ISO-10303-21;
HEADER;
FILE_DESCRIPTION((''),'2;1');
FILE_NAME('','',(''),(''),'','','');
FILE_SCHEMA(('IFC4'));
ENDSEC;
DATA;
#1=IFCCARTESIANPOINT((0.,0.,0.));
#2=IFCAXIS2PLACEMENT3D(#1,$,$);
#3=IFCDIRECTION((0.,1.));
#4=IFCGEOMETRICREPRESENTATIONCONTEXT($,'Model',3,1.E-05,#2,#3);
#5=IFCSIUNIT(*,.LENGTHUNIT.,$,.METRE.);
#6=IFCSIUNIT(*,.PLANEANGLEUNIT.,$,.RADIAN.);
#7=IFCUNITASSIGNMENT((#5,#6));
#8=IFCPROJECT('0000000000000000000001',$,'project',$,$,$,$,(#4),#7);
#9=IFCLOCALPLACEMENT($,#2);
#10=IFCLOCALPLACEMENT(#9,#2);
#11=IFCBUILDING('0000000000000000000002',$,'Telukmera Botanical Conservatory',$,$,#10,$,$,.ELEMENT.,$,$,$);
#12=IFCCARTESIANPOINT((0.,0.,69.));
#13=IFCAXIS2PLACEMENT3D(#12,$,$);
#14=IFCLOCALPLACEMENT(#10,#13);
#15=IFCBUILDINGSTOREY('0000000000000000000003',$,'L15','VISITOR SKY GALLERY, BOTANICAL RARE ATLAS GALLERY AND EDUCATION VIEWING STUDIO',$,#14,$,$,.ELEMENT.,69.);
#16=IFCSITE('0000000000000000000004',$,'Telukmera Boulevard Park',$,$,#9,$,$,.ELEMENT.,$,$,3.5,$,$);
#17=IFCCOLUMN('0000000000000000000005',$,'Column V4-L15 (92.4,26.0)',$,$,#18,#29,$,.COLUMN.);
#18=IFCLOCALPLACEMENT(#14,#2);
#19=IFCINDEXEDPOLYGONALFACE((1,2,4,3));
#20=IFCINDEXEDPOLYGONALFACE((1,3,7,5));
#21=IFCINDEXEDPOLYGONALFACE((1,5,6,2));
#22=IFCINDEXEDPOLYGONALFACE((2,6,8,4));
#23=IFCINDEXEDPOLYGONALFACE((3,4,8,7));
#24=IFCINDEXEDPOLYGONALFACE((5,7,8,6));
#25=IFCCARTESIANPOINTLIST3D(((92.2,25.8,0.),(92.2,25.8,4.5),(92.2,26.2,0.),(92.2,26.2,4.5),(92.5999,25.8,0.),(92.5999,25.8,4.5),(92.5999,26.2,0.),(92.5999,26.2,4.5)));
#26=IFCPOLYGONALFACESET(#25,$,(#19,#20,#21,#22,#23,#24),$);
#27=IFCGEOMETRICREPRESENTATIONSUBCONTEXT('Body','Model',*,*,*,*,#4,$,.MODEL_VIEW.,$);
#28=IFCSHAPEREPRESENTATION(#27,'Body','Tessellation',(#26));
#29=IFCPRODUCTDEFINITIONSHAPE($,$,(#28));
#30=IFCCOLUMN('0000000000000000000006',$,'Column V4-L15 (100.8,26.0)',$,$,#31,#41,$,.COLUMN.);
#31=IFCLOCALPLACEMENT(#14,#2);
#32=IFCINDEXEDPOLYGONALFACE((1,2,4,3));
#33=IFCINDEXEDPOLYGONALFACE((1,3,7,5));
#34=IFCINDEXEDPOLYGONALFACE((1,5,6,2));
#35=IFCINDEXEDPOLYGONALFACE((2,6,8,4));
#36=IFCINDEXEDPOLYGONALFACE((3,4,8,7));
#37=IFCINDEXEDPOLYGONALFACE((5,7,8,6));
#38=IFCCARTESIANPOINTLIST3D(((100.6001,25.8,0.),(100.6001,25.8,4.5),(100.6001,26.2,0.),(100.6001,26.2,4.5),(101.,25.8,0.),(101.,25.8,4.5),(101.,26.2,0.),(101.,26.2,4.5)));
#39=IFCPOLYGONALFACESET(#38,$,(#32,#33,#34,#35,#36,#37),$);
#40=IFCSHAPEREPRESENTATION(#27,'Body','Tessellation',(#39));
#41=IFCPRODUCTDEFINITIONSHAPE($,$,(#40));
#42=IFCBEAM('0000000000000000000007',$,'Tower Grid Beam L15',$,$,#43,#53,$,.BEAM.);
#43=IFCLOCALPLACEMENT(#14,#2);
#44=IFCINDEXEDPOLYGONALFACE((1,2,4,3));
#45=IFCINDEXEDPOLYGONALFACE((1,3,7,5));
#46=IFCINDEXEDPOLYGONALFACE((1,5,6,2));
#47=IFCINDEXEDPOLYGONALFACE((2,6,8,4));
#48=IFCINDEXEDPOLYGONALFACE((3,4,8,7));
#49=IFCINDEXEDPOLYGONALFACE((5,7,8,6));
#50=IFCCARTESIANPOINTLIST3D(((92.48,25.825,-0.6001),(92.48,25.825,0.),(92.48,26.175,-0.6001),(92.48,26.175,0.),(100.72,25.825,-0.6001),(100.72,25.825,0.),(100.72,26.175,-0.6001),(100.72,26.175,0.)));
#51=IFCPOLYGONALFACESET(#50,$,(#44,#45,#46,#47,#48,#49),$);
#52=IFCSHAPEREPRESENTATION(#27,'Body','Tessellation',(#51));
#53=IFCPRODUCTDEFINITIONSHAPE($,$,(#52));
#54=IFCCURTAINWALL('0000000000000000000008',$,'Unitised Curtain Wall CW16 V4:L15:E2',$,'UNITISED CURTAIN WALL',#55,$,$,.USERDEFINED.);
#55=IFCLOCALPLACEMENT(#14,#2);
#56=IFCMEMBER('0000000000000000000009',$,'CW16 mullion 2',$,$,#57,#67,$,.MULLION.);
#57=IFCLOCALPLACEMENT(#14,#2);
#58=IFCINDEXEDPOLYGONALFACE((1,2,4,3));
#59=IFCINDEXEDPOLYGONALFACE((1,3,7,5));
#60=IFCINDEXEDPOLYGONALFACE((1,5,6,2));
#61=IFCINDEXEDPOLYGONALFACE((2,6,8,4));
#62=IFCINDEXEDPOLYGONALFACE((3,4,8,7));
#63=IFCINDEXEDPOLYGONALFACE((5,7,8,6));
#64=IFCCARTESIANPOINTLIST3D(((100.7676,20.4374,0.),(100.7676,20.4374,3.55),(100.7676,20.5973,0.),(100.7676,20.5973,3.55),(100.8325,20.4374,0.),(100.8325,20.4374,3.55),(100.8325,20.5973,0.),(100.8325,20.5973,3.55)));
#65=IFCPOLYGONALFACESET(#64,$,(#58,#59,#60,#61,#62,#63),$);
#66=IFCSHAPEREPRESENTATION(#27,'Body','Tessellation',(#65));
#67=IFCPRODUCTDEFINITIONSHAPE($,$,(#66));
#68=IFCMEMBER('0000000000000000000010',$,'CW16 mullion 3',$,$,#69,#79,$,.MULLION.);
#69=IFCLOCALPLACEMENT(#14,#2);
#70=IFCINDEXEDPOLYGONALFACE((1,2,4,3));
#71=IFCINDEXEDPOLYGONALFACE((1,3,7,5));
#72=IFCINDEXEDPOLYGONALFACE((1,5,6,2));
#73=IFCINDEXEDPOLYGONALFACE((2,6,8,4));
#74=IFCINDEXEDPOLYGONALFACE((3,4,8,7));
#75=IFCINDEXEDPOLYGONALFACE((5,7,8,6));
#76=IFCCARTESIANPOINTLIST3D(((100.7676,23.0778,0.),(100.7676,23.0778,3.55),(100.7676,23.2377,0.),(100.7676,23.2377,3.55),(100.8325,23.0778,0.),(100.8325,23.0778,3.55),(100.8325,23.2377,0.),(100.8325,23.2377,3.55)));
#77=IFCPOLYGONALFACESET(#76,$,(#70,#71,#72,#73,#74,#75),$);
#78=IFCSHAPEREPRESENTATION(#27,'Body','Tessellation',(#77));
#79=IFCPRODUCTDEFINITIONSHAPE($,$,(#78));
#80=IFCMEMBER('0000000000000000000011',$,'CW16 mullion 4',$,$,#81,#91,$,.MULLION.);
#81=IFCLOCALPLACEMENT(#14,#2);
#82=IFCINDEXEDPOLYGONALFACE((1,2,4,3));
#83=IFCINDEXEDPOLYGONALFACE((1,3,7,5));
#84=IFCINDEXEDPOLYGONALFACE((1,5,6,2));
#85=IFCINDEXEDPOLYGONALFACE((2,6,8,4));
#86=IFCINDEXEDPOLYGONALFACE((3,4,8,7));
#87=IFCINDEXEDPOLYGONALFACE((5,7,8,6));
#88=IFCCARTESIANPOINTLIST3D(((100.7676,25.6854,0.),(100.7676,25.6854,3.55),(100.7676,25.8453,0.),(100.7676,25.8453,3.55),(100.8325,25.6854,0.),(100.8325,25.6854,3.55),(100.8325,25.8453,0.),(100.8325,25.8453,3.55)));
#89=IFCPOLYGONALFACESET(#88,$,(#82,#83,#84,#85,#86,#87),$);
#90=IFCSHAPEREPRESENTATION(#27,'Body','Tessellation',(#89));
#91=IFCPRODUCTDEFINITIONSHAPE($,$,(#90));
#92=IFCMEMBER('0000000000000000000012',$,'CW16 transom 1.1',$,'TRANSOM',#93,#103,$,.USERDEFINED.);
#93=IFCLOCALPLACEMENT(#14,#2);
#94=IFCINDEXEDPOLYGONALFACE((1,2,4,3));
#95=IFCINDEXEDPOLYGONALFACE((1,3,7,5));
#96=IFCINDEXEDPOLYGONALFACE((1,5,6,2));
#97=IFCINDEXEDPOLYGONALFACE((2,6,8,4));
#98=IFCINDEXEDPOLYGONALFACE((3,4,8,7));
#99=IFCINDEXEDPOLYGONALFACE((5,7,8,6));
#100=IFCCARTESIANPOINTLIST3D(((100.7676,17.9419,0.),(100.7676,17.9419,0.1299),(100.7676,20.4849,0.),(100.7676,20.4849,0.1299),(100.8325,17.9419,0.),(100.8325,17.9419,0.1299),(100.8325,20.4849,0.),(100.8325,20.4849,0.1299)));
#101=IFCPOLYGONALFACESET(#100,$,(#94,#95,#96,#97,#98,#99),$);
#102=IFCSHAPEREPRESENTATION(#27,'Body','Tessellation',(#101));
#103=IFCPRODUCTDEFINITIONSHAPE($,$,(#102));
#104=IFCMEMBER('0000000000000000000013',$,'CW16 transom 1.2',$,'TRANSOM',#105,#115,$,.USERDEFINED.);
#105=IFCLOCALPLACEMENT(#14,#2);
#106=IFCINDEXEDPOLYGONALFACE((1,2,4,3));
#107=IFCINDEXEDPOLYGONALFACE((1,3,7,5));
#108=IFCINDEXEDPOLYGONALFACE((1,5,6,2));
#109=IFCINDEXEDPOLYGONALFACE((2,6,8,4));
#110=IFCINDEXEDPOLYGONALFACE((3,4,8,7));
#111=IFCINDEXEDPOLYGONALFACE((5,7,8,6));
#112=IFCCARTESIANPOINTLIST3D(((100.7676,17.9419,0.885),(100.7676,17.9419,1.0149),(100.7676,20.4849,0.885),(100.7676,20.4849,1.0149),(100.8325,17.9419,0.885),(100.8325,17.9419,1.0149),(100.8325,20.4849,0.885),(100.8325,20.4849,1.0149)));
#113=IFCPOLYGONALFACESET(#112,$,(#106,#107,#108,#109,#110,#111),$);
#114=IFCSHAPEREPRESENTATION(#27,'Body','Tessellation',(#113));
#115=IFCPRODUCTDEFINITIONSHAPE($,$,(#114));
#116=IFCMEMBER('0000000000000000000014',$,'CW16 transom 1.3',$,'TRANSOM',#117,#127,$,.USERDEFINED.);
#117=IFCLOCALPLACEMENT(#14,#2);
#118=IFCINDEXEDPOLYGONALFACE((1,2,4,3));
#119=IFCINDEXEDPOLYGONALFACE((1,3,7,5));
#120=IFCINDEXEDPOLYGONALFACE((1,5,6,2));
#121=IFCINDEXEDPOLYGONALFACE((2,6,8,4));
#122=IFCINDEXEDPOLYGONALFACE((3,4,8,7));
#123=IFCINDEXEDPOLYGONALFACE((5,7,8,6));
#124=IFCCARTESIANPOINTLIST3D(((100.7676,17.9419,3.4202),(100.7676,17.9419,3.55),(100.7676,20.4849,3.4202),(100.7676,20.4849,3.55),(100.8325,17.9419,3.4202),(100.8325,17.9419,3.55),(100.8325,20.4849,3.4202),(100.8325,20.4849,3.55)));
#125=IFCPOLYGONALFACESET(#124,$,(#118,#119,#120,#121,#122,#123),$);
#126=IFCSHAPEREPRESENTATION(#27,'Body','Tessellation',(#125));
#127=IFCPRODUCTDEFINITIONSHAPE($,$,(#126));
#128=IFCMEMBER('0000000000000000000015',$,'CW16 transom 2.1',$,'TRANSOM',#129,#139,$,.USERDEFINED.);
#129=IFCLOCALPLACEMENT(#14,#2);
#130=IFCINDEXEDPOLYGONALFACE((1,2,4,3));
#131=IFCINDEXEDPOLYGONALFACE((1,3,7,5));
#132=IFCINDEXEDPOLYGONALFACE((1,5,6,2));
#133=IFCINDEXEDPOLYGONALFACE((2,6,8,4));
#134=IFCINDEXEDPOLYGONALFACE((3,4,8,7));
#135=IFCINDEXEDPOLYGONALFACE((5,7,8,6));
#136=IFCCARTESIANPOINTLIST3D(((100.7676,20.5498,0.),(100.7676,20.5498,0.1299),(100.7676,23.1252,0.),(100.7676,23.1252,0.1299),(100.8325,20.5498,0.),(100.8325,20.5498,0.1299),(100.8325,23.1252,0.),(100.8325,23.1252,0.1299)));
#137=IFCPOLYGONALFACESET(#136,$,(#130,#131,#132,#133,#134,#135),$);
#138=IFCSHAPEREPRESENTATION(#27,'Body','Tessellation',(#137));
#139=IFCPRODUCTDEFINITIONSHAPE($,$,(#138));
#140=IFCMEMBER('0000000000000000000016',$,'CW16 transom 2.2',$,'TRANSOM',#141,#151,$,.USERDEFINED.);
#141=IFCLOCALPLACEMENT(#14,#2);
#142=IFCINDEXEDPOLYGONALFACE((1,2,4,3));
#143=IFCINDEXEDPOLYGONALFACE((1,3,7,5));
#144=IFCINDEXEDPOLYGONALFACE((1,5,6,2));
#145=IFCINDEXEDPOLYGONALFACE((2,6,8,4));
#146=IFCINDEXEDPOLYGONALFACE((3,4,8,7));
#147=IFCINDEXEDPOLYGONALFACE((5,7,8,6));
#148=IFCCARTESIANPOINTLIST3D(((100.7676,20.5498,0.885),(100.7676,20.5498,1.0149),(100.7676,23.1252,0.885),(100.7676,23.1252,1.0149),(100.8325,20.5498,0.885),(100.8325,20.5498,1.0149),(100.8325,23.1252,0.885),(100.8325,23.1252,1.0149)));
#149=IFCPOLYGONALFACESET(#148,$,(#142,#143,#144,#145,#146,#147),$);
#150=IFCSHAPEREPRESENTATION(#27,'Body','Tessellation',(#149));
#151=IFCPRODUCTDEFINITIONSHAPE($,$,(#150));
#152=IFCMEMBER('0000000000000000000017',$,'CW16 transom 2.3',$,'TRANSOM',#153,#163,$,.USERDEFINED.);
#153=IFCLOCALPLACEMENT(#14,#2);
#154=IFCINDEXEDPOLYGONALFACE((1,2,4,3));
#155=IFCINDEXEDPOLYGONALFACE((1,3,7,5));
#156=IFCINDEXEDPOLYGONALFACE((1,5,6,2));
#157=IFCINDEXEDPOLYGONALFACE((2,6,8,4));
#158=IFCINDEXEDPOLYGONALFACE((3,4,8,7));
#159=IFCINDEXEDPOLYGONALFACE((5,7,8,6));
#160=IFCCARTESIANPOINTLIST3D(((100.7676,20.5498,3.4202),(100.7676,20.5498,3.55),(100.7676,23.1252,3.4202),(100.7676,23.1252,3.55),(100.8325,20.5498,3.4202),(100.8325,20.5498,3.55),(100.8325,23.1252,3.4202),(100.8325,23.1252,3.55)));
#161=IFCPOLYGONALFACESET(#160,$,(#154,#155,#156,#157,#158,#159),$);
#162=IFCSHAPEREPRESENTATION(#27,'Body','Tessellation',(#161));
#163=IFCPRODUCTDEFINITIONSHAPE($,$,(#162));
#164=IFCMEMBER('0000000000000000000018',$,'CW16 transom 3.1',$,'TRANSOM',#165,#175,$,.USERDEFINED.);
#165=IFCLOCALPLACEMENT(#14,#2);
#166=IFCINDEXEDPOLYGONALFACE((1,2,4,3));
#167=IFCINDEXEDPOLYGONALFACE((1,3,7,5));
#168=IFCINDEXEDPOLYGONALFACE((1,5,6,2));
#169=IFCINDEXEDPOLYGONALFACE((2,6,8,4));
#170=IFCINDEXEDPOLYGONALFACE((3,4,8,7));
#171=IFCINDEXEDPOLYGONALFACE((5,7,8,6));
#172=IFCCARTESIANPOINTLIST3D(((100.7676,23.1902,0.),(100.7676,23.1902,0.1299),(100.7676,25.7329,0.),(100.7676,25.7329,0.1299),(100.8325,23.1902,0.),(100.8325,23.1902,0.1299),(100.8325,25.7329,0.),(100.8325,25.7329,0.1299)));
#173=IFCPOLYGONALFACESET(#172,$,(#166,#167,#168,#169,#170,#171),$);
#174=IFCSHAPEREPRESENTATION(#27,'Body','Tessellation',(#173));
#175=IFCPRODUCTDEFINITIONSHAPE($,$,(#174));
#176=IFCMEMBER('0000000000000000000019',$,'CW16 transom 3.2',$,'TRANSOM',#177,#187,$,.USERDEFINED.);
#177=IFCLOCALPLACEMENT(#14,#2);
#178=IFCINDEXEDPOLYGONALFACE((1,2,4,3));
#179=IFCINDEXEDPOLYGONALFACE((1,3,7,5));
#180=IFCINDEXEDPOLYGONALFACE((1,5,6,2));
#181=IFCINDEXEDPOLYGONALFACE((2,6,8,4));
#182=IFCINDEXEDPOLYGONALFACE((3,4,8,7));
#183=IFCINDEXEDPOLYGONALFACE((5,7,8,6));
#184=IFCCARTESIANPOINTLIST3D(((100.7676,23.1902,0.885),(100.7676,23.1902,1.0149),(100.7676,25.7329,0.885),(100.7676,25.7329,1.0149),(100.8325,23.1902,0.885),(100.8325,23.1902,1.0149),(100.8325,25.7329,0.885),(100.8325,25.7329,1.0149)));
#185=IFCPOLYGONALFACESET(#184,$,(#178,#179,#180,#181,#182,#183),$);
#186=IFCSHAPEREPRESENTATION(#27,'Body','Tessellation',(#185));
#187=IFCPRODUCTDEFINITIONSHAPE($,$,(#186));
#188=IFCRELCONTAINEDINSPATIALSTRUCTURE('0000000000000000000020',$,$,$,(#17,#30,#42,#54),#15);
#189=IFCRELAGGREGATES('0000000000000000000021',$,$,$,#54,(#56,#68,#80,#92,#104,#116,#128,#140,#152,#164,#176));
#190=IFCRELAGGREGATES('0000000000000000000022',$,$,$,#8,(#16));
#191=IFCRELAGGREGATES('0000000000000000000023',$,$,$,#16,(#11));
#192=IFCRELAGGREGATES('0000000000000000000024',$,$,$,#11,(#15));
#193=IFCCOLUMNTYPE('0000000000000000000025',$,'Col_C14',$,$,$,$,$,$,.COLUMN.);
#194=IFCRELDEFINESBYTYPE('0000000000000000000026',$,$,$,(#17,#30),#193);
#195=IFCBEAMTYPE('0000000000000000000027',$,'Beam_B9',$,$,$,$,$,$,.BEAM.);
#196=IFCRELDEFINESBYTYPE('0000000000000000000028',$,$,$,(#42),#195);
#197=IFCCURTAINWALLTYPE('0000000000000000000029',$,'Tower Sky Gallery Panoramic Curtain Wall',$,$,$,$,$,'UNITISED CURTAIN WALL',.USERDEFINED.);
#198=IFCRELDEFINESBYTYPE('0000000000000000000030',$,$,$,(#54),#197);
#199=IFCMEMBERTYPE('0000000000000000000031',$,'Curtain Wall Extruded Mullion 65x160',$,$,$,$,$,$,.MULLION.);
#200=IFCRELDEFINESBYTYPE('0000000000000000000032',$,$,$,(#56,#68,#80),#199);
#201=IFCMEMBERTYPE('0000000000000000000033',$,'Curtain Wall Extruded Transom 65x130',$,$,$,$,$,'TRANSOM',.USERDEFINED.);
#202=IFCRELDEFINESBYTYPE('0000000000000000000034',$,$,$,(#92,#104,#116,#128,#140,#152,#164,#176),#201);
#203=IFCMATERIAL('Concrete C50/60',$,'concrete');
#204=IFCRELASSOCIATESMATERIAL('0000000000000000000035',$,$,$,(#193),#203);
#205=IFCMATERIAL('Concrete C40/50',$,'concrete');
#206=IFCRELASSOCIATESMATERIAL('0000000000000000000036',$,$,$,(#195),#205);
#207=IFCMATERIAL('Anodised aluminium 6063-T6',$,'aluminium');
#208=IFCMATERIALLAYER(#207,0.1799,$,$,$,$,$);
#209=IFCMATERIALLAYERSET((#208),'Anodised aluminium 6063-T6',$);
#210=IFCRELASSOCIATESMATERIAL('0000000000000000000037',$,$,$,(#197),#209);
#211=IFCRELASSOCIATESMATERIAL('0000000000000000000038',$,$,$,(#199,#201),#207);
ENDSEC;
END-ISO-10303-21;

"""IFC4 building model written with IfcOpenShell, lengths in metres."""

from ifc_helpers import new_model, si_unit, direction, frame, origin, origin_2d, place, context, subcontext, project, spatial, rectangle, extrude, material, layer, layer_set, material_profile, profile_set, type_object, element, aggregate, save


model = new_model("IFC4")

# Units and contexts
model_context = context("Model", 3, precision=1e-05, world=origin(), true_north=direction((0.0, 1.0)))
body_context = subcontext(model_context, "Body", "Model", "MODEL_VIEW")
ifc_project = project(units=[si_unit("LENGTHUNIT", "METRE"), si_unit("PLANEANGLEUNIT", "RADIAN")], contexts=[model_context])

# Site, building, storey
site_placement = place(None, origin())
site = spatial("IfcSite", under=ifc_project, at=site_placement, Name="Telukmera Boulevard Park", CompositionType="ELEMENT", RefElevation=3.5)
building_placement = place(site_placement, origin())
building = spatial("IfcBuilding", under=site, at=building_placement, Name="Telukmera Botanical Conservatory", CompositionType="ELEMENT")
storey_placement = place(building_placement, frame((0.0, 0.0, 69.0)))
storey = spatial("IfcBuildingStorey", under=building, at=storey_placement, Name="L15", Description="VISITOR SKY GALLERY, BOTANICAL RARE ATLAS GALLERY AND EDUCATION VIEWING STUDIO", CompositionType="ELEMENT", Elevation=69.0)

# Columns
ifc_material_1 = material(Name="Concrete C50/60", Category="concrete")
ifc_material_profile_1 = material_profile(ifc_material_1, rectangle(XDim=0.3999, YDim=0.3999, at=origin_2d()), Name="RC 400x400")
ifc_profile_set_1 = profile_set([ifc_material_profile_1], Name="Concrete C50/60")
column_type = type_object("IfcColumnType", Name="Col_C14", PredefinedType="COLUMN", material=ifc_profile_set_1)
for number, where, z_axis, x_axis, name in (
    (1, (92.3999, 26.0, 0.0), (0.0, 0.0, 1.0), (1.0, 0.0, 0.0), "Column V4-L15 (92.4,26.0)"),
    (2, (100.8, 26.0, 0.0), (0.0, 0.0, 1.0), (1.0, 0.0, 0.0), "Column V4-L15 (100.8,26.0)"),
):
    element("IfcColumn", number, at=place(storey_placement, frame(where, z_axis=z_axis, x_axis=x_axis)), inside=storey, type_object=column_type, Name=name, PredefinedType="COLUMN", context=body_context, shape_type="SweptSolid", body=[
        extrude(rectangle(XDim=0.3999, YDim=0.3999, at=origin_2d()), origin(), (0.0, 0.0, 1.0), 4.5),
    ])

# Beam
ifc_material_2 = material(Name="Concrete C40/50", Category="concrete")
ifc_material_profile_2 = material_profile(ifc_material_2, rectangle(XDim=0.3501, YDim=0.6001, at=origin_2d()), Name="RC 350x600")
ifc_profile_set_2 = profile_set([ifc_material_profile_2], Name="Concrete C40/50")
beam_type = type_object("IfcBeamType", Name="Beam_B9", PredefinedType="BEAM", material=ifc_profile_set_2)
beam_placement = place(storey_placement, frame((92.48, 26.0, -0.3), z_axis=(1.0, 0.0, 0.0), x_axis=(0.0, 1.0, 0.0)))
element("IfcBeam", 3, at=beam_placement, inside=storey, type_object=beam_type, Name="Tower Grid Beam L15", PredefinedType="BEAM", context=body_context, shape_type="SweptSolid", body=[
    extrude(rectangle(XDim=0.3501, YDim=0.6001, at=origin_2d()), origin(), (0.0, 0.0, 1.0), 8.24),
])

# Curtain wall, members
ifc_material_3 = material(Name="Anodised aluminium 6063-T6", Category="aluminium")
ifc_layer_1 = layer(ifc_material_3, 0.1799)
ifc_layer_set_1 = layer_set([ifc_layer_1], Name="Anodised aluminium 6063-T6")
curtain_wall_type = type_object("IfcCurtainWallType", Name="Tower Sky Gallery Panoramic Curtain Wall", ElementType="UNITISED CURTAIN WALL", PredefinedType="USERDEFINED", material=ifc_layer_set_1)
curtain_wall_placement = place(storey_placement, origin())
curtain_wall = element("IfcCurtainWall", 4, at=curtain_wall_placement, inside=storey, type_object=curtain_wall_type, Name="Unitised Curtain Wall CW16 V4:L15:E2", ObjectType="UNITISED CURTAIN WALL", PredefinedType="USERDEFINED")
ifc_material_profile_3 = material_profile(ifc_material_3, rectangle(XDim=0.0649, YDim=0.1599, at=origin_2d()), Name="ALU MULL 65x160")
ifc_profile_set_3 = profile_set([ifc_material_profile_3], Name="Anodised aluminium 6063-T6")
member_type_1 = type_object("IfcMemberType", Name="Curtain Wall Extruded Mullion 65x160", PredefinedType="MULLION", material=ifc_profile_set_3)
member_1_placement = place(storey_placement, frame((100.8, 20.5173, 0.0), z_axis=(0.0, 0.0, 1.0), x_axis=(-1.0, 0.0, 0.0)))
member_1 = element("IfcMember", 5, at=member_1_placement, type_object=member_type_1, Name="CW16 mullion 2", PredefinedType="MULLION", context=body_context, shape_type="SweptSolid", body=[
    extrude(rectangle(XDim=0.0649, YDim=0.1599, at=origin_2d()), origin(), (0.0, 0.0, 1.0), 3.55),
])
member_2_placement = place(storey_placement, frame((100.8, 23.1577, 0.0), z_axis=(0.0, 0.0, 1.0), x_axis=(-1.0, 0.0, 0.0)))
member_2 = element("IfcMember", 6, at=member_2_placement, type_object=member_type_1, Name="CW16 mullion 3", PredefinedType="MULLION", context=body_context, shape_type="SweptSolid", body=[
    extrude(rectangle(XDim=0.0649, YDim=0.1599, at=origin_2d()), origin(), (0.0, 0.0, 1.0), 3.55),
])
member_3_placement = place(storey_placement, frame((100.8, 25.7654, 0.0), z_axis=(0.0, 0.0, 1.0), x_axis=(-1.0, 0.0, 0.0)))
member_3 = element("IfcMember", 7, at=member_3_placement, type_object=member_type_1, Name="CW16 mullion 4", PredefinedType="MULLION", context=body_context, shape_type="SweptSolid", body=[
    extrude(rectangle(XDim=0.0649, YDim=0.1599, at=origin_2d()), origin(), (0.0, 0.0, 1.0), 3.55),
])
ifc_material_profile_4 = material_profile(ifc_material_3, rectangle(XDim=0.0649, YDim=0.1299, at=origin_2d()), Name="ALU TRAN 65x130")
ifc_profile_set_4 = profile_set([ifc_material_profile_4], Name="Anodised aluminium 6063-T6")
member_type_2 = type_object("IfcMemberType", Name="Curtain Wall Extruded Transom 65x130", ElementType="TRANSOM", PredefinedType="USERDEFINED", material=ifc_profile_set_4)
member_4_placement = place(storey_placement, frame((100.8, 17.9419, 0.0649), z_axis=(0.0, 1.0, 0.0), x_axis=(-1.0, 0.0, 0.0)))
member_4 = element("IfcMember", 8, at=member_4_placement, type_object=member_type_2, Name="CW16 transom 1.1", ObjectType="TRANSOM", PredefinedType="USERDEFINED", context=body_context, shape_type="SweptSolid", body=[
    extrude(rectangle(XDim=0.0649, YDim=0.1299, at=origin_2d()), origin(), (0.0, 0.0, 1.0), 2.543),
])
member_5_placement = place(storey_placement, frame((100.8, 17.9419, 0.95), z_axis=(0.0, 1.0, 0.0), x_axis=(-1.0, 0.0, 0.0)))
member_5 = element("IfcMember", 9, at=member_5_placement, type_object=member_type_2, Name="CW16 transom 1.2", ObjectType="TRANSOM", PredefinedType="USERDEFINED", context=body_context, shape_type="SweptSolid", body=[
    extrude(rectangle(XDim=0.0649, YDim=0.1299, at=origin_2d()), origin(), (0.0, 0.0, 1.0), 2.543),
])
member_6_placement = place(storey_placement, frame((100.8, 17.9419, 3.4851), z_axis=(0.0, 1.0, 0.0), x_axis=(-1.0, 0.0, 0.0)))
member_6 = element("IfcMember", 10, at=member_6_placement, type_object=member_type_2, Name="CW16 transom 1.3", ObjectType="TRANSOM", PredefinedType="USERDEFINED", context=body_context, shape_type="SweptSolid", body=[
    extrude(rectangle(XDim=0.0649, YDim=0.1299, at=origin_2d()), origin(), (0.0, 0.0, 1.0), 2.543),
])
member_7_placement = place(storey_placement, frame((100.8, 20.5498, 0.0649), z_axis=(0.0, 1.0, 0.0), x_axis=(-1.0, 0.0, 0.0)))
member_7 = element("IfcMember", 11, at=member_7_placement, type_object=member_type_2, Name="CW16 transom 2.1", ObjectType="TRANSOM", PredefinedType="USERDEFINED", context=body_context, shape_type="SweptSolid", body=[
    extrude(rectangle(XDim=0.0649, YDim=0.1299, at=origin_2d()), origin(), (0.0, 0.0, 1.0), 2.5754),
])
member_8_placement = place(storey_placement, frame((100.8, 20.5498, 0.95), z_axis=(0.0, 1.0, 0.0), x_axis=(-1.0, 0.0, 0.0)))
member_8 = element("IfcMember", 12, at=member_8_placement, type_object=member_type_2, Name="CW16 transom 2.2", ObjectType="TRANSOM", PredefinedType="USERDEFINED", context=body_context, shape_type="SweptSolid", body=[
    extrude(rectangle(XDim=0.0649, YDim=0.1299, at=origin_2d()), origin(), (0.0, 0.0, 1.0), 2.5754),
])
member_9_placement = place(storey_placement, frame((100.8, 20.5498, 3.4851), z_axis=(0.0, 1.0, 0.0), x_axis=(-1.0, 0.0, 0.0)))
member_9 = element("IfcMember", 13, at=member_9_placement, type_object=member_type_2, Name="CW16 transom 2.3", ObjectType="TRANSOM", PredefinedType="USERDEFINED", context=body_context, shape_type="SweptSolid", body=[
    extrude(rectangle(XDim=0.0649, YDim=0.1299, at=origin_2d()), origin(), (0.0, 0.0, 1.0), 2.5754),
])
member_10_placement = place(storey_placement, frame((100.8, 23.1902, 0.0649), z_axis=(0.0, 1.0, 0.0), x_axis=(-1.0, 0.0, 0.0)))
member_10 = element("IfcMember", 14, at=member_10_placement, type_object=member_type_2, Name="CW16 transom 3.1", ObjectType="TRANSOM", PredefinedType="USERDEFINED", context=body_context, shape_type="SweptSolid", body=[
    extrude(rectangle(XDim=0.0649, YDim=0.1299, at=origin_2d()), origin(), (0.0, 0.0, 1.0), 2.5427),
])
member_11_placement = place(storey_placement, frame((100.8, 23.1902, 0.95), z_axis=(0.0, 1.0, 0.0), x_axis=(-1.0, 0.0, 0.0)))
member_11 = element("IfcMember", 15, at=member_11_placement, type_object=member_type_2, Name="CW16 transom 3.2", ObjectType="TRANSOM", PredefinedType="USERDEFINED", context=body_context, shape_type="SweptSolid", body=[
    extrude(rectangle(XDim=0.0649, YDim=0.1299, at=origin_2d()), origin(), (0.0, 0.0, 1.0), 2.5427),
])
aggregate(curtain_wall, [member_1, member_2, member_3, member_4, member_5, member_6, member_7, member_8, member_9, member_10, member_11])

save(model, "model.ifc")
